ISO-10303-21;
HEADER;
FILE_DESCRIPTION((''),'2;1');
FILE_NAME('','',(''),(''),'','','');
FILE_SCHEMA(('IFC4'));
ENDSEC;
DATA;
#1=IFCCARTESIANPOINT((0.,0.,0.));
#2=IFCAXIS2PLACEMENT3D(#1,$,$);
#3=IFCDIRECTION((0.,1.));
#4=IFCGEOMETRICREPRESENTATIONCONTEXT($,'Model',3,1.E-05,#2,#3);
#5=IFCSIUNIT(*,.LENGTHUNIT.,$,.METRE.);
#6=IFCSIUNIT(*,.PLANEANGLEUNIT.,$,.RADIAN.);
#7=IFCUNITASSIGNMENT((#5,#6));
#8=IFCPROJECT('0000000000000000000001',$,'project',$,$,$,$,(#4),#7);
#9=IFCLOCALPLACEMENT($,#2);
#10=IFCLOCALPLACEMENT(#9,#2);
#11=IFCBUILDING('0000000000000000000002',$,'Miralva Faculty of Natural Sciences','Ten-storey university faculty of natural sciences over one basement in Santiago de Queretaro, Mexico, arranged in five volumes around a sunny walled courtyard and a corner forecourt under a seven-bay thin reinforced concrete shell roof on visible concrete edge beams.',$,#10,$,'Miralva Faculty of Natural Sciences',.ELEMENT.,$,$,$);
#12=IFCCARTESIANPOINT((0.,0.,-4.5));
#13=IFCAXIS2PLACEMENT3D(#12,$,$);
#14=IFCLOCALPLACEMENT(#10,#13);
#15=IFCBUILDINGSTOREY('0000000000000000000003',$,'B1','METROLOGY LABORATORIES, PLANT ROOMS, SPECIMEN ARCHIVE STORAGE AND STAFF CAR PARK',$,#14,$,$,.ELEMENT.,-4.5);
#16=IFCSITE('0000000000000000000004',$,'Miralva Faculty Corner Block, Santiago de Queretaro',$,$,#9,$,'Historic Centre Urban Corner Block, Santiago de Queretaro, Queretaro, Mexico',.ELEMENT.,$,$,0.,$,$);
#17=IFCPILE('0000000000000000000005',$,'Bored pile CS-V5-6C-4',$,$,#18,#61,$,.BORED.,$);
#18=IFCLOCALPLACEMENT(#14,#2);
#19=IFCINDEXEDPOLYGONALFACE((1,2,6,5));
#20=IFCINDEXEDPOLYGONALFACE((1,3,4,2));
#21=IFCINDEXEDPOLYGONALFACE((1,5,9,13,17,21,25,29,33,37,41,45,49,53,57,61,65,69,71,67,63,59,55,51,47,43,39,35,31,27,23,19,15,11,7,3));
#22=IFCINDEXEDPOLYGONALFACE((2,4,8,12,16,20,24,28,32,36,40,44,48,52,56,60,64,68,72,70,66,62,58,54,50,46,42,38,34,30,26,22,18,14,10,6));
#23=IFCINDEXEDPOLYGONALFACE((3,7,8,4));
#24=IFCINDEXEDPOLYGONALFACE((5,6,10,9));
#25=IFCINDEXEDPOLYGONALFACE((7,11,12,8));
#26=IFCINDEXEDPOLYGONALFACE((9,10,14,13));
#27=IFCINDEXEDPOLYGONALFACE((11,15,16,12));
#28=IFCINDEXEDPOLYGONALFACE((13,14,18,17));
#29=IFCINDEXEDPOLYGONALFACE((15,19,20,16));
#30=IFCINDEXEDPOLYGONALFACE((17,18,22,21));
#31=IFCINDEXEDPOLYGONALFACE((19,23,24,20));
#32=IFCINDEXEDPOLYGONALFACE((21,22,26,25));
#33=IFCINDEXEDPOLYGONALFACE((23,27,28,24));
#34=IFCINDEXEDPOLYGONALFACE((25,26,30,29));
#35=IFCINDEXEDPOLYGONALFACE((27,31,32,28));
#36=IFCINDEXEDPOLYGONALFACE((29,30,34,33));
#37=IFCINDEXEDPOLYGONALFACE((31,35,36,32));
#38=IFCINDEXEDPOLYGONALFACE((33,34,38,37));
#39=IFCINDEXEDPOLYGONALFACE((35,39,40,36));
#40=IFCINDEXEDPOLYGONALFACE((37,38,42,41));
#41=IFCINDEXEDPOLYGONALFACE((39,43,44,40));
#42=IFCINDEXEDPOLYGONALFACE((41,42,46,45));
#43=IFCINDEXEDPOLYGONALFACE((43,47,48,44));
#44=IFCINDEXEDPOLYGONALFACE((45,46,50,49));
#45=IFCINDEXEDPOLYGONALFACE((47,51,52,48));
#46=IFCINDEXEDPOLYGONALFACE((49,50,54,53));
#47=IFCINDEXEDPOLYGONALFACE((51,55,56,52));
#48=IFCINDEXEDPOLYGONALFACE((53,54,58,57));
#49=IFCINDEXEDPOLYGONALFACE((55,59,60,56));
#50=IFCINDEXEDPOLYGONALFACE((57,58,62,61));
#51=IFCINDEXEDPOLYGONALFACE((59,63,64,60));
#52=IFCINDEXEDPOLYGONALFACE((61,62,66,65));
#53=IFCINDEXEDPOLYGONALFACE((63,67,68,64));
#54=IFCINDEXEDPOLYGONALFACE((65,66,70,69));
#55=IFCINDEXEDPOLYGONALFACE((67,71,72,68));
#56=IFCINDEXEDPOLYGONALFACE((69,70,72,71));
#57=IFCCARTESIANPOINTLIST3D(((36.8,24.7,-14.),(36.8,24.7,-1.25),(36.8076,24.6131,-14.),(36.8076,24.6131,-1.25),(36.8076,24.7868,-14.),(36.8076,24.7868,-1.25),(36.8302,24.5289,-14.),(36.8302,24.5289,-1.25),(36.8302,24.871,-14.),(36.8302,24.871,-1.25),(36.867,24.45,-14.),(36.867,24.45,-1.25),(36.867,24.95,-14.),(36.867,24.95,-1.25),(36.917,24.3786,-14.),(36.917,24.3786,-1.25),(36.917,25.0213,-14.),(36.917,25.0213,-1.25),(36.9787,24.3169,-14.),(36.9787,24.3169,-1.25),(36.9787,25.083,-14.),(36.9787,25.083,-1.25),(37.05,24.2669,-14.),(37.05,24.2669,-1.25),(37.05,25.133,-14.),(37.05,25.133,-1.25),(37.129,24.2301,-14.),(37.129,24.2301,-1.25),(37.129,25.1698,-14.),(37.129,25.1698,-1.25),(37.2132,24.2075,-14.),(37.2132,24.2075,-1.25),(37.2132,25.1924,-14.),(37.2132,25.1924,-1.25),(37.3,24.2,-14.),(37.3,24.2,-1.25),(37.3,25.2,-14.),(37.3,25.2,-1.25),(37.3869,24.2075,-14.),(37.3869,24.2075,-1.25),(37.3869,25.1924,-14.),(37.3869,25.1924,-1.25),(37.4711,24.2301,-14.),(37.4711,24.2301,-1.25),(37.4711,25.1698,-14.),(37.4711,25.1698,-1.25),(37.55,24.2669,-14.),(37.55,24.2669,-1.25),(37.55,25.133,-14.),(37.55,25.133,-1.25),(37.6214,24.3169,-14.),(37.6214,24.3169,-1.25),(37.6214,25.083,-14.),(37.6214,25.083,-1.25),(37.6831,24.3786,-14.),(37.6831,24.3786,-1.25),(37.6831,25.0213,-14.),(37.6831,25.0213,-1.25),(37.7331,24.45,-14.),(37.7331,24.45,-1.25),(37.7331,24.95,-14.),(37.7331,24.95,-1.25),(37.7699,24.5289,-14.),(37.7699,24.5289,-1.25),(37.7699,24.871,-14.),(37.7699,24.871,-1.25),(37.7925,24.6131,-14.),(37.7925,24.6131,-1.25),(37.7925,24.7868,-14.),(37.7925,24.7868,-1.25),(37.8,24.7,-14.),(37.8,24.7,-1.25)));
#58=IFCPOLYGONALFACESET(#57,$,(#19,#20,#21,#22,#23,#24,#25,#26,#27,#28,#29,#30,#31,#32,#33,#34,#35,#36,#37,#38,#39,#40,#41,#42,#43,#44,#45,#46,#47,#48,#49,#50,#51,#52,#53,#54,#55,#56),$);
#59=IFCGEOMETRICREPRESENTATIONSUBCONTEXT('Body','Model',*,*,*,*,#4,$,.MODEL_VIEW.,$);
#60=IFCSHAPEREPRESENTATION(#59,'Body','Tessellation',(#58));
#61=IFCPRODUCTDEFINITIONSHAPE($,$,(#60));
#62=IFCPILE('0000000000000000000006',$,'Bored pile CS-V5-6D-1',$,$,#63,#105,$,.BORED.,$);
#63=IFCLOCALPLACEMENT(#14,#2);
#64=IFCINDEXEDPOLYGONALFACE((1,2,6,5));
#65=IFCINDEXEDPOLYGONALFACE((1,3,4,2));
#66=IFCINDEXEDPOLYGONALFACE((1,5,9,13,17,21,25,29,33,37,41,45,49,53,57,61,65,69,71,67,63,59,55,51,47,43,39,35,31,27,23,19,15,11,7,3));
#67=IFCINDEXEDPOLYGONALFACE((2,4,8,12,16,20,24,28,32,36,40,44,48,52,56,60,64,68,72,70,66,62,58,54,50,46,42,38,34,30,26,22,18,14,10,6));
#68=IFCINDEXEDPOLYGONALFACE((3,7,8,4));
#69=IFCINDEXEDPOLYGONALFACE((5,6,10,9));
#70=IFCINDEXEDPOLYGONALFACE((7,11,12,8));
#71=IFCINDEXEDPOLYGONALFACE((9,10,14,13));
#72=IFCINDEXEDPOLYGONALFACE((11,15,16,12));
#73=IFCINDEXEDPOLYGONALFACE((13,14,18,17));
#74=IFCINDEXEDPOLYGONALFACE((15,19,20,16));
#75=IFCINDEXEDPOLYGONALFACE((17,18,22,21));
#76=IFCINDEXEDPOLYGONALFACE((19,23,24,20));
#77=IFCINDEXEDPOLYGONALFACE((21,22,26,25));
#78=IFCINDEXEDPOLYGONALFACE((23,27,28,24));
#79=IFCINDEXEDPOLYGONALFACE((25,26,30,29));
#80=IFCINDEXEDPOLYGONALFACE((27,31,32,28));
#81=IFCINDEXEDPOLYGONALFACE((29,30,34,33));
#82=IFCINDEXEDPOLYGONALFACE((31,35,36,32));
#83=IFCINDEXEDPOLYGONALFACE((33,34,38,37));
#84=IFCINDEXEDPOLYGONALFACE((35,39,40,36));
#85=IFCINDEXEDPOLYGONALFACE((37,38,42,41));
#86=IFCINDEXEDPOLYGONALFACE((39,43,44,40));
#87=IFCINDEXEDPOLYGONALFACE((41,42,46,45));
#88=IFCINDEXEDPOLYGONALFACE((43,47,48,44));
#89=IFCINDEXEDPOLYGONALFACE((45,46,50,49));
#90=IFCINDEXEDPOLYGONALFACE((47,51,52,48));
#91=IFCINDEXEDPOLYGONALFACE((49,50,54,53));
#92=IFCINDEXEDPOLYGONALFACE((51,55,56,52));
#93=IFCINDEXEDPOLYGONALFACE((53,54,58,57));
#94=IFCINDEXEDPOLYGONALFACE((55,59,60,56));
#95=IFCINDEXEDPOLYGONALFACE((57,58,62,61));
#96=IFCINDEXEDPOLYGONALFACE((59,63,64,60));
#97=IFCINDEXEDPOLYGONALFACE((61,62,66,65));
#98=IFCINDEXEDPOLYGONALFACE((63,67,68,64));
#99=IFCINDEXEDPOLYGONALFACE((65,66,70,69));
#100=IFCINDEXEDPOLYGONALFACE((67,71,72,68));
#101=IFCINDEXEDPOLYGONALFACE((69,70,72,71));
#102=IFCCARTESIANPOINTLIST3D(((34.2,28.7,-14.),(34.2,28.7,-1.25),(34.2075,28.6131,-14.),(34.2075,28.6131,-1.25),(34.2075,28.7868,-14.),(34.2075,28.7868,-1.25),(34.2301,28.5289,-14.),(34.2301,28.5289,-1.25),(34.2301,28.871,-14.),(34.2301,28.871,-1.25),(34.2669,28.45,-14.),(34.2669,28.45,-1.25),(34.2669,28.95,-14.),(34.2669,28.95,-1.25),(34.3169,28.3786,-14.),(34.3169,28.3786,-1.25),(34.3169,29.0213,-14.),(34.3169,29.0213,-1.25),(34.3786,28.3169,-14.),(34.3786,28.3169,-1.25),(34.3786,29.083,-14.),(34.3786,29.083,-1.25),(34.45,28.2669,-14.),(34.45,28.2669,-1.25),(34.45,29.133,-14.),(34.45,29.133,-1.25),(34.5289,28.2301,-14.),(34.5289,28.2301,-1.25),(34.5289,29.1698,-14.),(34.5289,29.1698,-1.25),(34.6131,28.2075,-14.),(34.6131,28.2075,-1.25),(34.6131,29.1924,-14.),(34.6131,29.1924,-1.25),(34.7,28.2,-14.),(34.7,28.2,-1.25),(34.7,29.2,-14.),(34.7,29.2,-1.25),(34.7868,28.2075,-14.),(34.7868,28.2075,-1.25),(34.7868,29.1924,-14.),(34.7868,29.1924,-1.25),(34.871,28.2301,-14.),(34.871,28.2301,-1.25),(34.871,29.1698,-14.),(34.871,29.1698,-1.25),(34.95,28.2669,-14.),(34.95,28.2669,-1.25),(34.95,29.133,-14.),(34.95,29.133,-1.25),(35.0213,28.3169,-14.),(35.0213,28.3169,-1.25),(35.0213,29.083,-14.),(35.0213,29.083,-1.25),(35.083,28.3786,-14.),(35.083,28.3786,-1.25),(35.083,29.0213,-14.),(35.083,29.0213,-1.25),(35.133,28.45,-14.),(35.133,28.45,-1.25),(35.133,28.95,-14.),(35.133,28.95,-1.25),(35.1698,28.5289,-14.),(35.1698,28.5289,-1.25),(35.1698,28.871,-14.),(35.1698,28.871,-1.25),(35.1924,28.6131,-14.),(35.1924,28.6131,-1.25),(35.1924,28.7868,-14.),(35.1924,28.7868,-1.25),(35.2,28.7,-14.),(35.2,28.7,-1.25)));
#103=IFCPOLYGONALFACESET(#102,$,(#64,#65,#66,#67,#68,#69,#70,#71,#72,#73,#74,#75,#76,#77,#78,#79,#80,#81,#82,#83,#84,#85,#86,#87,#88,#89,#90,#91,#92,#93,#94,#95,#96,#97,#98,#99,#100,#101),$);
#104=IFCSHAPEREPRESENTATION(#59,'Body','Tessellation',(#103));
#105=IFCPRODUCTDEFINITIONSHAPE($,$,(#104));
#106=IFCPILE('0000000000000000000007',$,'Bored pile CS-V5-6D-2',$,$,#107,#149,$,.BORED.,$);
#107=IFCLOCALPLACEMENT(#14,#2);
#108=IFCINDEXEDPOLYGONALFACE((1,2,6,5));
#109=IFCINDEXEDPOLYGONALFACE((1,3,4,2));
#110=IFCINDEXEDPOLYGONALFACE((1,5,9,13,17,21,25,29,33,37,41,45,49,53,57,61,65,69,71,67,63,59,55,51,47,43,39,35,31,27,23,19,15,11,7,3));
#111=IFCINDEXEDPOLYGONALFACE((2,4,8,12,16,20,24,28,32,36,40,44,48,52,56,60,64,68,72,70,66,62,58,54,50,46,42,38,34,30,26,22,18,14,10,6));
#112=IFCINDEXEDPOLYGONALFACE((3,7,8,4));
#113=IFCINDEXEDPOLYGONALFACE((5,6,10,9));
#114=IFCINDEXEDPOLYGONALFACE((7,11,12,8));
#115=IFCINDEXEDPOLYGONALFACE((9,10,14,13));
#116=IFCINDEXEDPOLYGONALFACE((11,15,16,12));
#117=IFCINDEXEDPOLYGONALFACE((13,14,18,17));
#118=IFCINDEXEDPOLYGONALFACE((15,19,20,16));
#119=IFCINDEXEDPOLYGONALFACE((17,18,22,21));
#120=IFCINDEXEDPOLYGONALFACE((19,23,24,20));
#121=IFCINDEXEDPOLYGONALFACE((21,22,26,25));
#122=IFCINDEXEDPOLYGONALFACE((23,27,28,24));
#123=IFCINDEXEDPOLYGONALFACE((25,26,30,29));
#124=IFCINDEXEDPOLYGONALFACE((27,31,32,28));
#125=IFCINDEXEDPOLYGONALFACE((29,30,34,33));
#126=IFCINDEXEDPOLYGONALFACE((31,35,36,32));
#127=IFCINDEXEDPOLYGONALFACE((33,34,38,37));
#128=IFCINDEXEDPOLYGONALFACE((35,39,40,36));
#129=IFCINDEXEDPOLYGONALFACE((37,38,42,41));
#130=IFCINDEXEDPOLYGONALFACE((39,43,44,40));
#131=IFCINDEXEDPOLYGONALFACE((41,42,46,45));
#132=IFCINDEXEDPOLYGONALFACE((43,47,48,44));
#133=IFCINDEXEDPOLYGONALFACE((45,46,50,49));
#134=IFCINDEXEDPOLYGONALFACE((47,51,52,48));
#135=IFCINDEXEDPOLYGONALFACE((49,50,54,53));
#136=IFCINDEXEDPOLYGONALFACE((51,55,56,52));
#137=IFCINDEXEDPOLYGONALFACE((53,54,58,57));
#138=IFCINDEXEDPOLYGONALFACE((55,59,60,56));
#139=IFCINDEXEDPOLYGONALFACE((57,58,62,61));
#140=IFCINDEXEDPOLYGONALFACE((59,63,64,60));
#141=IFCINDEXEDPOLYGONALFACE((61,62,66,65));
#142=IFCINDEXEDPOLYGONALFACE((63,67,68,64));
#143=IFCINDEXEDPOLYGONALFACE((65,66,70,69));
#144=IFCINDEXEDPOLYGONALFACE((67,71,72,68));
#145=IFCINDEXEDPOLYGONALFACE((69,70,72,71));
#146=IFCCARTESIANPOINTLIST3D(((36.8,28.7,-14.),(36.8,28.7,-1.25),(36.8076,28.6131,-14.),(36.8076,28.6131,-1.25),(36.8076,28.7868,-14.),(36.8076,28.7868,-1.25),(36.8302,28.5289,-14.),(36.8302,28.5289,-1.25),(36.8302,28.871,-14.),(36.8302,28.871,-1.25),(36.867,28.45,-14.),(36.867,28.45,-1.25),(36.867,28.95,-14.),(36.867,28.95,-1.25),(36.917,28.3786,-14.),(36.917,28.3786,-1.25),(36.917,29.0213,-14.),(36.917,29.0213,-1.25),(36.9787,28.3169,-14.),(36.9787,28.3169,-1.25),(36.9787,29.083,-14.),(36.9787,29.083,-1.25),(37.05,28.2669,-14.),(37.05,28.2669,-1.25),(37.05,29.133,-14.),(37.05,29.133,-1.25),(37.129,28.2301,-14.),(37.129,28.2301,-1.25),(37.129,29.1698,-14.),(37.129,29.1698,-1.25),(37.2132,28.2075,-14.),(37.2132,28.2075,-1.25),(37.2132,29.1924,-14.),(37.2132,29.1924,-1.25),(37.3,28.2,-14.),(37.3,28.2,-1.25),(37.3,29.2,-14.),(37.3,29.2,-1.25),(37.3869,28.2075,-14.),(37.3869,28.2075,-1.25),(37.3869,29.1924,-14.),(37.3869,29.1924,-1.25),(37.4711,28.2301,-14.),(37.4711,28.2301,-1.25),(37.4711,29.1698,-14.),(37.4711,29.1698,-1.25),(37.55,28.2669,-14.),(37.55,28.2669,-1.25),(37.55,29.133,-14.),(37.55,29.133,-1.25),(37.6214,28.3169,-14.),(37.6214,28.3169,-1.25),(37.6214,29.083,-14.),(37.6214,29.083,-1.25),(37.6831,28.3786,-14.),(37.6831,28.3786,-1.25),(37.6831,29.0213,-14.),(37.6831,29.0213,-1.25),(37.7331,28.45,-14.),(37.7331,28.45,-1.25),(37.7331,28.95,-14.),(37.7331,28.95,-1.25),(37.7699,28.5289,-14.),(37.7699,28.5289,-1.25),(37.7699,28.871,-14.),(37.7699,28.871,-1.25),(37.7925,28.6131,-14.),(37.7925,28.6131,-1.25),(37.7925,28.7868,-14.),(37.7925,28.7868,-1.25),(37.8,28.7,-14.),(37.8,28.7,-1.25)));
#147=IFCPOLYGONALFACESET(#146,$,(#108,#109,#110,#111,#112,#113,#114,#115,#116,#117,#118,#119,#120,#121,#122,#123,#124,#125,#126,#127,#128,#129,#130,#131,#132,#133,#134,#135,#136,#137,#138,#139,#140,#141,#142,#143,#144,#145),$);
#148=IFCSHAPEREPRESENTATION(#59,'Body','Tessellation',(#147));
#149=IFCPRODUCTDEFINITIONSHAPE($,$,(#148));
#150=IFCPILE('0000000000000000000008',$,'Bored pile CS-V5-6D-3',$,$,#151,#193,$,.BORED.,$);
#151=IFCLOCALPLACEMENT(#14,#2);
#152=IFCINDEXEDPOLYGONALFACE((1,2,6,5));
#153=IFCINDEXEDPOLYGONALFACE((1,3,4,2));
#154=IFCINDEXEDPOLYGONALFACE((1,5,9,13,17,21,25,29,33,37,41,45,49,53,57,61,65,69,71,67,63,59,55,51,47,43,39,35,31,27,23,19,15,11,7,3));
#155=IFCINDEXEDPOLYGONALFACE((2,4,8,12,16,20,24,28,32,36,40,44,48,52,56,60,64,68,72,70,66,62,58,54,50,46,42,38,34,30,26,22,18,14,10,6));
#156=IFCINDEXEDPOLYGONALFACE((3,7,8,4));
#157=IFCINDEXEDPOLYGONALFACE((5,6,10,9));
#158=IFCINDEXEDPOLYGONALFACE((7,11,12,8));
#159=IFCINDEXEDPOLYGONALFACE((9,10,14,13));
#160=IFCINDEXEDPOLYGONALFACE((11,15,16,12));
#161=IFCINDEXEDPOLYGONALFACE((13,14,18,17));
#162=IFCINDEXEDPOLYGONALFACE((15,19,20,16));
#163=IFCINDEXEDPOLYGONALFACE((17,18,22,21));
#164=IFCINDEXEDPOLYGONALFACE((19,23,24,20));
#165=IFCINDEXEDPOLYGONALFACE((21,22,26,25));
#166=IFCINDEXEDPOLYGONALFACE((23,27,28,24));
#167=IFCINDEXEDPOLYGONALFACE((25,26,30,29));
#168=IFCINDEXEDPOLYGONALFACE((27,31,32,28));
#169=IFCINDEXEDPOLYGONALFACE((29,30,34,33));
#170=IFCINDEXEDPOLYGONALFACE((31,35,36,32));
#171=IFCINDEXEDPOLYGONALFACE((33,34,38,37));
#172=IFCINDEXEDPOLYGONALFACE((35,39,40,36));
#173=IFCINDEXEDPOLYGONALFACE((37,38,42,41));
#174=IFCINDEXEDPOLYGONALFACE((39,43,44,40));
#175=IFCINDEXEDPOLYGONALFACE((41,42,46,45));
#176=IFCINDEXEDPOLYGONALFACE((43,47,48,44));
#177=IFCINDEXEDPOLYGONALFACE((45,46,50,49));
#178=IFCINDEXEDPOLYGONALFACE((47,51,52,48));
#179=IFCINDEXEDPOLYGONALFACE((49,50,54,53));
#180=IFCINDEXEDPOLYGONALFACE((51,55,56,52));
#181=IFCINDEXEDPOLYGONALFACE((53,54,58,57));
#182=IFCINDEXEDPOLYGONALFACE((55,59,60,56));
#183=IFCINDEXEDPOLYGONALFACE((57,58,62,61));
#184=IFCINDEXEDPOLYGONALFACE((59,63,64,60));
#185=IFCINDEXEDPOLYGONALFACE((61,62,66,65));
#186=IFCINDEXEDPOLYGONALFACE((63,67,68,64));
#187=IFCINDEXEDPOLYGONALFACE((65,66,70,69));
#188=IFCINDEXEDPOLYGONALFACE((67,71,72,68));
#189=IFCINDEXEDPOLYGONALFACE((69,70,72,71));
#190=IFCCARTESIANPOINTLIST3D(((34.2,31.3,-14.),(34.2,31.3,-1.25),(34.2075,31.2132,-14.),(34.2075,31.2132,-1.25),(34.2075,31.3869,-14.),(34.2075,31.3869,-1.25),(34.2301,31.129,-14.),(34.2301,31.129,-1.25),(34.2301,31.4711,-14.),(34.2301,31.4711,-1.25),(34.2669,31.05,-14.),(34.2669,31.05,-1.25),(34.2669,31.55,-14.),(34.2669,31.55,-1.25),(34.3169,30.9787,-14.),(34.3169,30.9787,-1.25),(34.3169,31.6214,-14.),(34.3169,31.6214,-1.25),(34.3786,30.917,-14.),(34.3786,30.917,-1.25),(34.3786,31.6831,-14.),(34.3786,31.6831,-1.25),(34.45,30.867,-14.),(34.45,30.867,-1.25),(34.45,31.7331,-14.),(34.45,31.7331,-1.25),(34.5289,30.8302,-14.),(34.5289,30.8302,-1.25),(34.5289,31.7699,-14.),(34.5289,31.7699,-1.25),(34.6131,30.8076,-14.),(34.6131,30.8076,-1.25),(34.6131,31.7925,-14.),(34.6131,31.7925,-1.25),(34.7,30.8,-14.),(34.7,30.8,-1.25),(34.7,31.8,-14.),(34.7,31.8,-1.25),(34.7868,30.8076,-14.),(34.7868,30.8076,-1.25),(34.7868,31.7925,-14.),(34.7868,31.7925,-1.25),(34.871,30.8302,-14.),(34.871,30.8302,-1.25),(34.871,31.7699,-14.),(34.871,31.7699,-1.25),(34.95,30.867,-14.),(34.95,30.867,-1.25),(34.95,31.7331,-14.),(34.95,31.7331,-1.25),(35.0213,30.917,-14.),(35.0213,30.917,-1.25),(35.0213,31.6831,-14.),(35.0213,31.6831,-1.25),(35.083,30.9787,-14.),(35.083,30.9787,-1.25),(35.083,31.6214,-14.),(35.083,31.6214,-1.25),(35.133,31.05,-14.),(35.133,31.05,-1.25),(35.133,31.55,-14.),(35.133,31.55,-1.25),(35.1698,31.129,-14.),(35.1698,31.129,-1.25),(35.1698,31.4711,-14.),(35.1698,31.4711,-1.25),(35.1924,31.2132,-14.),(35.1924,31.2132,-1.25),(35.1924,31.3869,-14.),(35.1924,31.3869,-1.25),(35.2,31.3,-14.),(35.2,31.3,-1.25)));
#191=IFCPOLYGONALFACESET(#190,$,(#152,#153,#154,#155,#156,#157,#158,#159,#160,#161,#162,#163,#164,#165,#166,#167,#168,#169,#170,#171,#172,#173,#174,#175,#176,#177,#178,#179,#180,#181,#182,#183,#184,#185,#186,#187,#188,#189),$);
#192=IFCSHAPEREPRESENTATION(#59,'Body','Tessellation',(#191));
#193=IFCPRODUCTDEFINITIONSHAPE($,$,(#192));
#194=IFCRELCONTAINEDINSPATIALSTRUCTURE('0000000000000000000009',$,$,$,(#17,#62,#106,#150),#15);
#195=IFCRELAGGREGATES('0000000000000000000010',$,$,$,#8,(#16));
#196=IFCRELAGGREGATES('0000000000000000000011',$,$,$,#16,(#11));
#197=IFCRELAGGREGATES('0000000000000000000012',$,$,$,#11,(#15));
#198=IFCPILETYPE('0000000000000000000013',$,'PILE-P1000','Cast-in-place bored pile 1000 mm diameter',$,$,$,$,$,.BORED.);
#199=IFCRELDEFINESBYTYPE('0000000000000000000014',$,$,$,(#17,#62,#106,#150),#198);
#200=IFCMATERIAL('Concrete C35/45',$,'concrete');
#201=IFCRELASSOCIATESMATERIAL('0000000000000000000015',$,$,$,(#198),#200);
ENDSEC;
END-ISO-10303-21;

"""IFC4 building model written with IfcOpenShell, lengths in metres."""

from ifc_helpers import new_model, si_unit, direction, frame, origin, origin_2d, place, context, subcontext, project, spatial, circle, extrude, material, material_profile, profile_set, type_object, element, save


model = new_model("IFC4")

# Units and contexts
model_context = context("Model", 3, precision=1e-05, world=origin(), true_north=direction((0.0, 1.0)))
body_context = subcontext(model_context, "Body", "Model", "MODEL_VIEW")
ifc_project = project(units=[si_unit("LENGTHUNIT", "METRE"), si_unit("PLANEANGLEUNIT", "RADIAN")], contexts=[model_context])

# Site, building, storey
site_placement = place(None, origin())
site = spatial("IfcSite", under=ifc_project, at=site_placement, Name="Miralva Faculty Corner Block, Santiago de Queretaro", LongName="Historic Centre Urban Corner Block, Santiago de Queretaro, Queretaro, Mexico", CompositionType="ELEMENT", RefElevation=0.0)
building_placement = place(site_placement, origin())
building = spatial("IfcBuilding", under=site, at=building_placement, Name="Miralva Faculty of Natural Sciences", Description="Ten-storey university faculty of natural sciences over one basement in Santiago de Queretaro, Mexico, arranged in five volumes around a sunny walled courtyard and a corner forecourt under a seven-bay thin reinforced concrete shell roof on visible concrete edge beams.", LongName="Miralva Faculty of Natural Sciences", CompositionType="ELEMENT")
storey_placement = place(building_placement, frame((0.0, 0.0, -4.5)))
storey = spatial("IfcBuildingStorey", under=building, at=storey_placement, Name="B1", Description="METROLOGY LABORATORIES, PLANT ROOMS, SPECIMEN ARCHIVE STORAGE AND STAFF CAR PARK", CompositionType="ELEMENT", Elevation=-4.5)

# Shared definitions
ifc_material_1 = material(Name="Concrete C35/45", Category="concrete")

# Piles
ifc_material_profile_1 = material_profile(ifc_material_1, circle(Radius=0.5, at=origin_2d()), Name="BORED PILE 1000")
ifc_profile_set_1 = profile_set([ifc_material_profile_1], Name="Concrete C35/45")
pile_type = type_object("IfcPileType", Name="PILE-P1000", Description="Cast-in-place bored pile 1000 mm diameter", PredefinedType="BORED", material=ifc_profile_set_1)
for number, where, z_axis, x_axis, name in (
    (1, (37.3, 24.7, -1.25), (0.0, 0.0, -1.0), (1.0, 0.0, 0.0), "Bored pile CS-V5-6C-4"),
    (2, (34.7, 28.7, -1.25), (0.0, 0.0, -1.0), (1.0, 0.0, 0.0), "Bored pile CS-V5-6D-1"),
    (3, (37.3, 28.7, -1.25), (0.0, 0.0, -1.0), (1.0, 0.0, 0.0), "Bored pile CS-V5-6D-2"),
    (4, (34.7, 31.3, -1.25), (0.0, 0.0, -1.0), (1.0, 0.0, 0.0), "Bored pile CS-V5-6D-3"),
):
    element("IfcPile", number, at=place(storey_placement, frame(where, z_axis=z_axis, x_axis=x_axis)), inside=storey, type_object=pile_type, Name=name, PredefinedType="BORED", context=body_context, shape_type="SweptSolid", body=[
        extrude(circle(Radius=0.5, at=origin_2d()), origin(), (0.0, 0.0, 1.0), 12.75),
    ])

save(model, "model.ifc")
